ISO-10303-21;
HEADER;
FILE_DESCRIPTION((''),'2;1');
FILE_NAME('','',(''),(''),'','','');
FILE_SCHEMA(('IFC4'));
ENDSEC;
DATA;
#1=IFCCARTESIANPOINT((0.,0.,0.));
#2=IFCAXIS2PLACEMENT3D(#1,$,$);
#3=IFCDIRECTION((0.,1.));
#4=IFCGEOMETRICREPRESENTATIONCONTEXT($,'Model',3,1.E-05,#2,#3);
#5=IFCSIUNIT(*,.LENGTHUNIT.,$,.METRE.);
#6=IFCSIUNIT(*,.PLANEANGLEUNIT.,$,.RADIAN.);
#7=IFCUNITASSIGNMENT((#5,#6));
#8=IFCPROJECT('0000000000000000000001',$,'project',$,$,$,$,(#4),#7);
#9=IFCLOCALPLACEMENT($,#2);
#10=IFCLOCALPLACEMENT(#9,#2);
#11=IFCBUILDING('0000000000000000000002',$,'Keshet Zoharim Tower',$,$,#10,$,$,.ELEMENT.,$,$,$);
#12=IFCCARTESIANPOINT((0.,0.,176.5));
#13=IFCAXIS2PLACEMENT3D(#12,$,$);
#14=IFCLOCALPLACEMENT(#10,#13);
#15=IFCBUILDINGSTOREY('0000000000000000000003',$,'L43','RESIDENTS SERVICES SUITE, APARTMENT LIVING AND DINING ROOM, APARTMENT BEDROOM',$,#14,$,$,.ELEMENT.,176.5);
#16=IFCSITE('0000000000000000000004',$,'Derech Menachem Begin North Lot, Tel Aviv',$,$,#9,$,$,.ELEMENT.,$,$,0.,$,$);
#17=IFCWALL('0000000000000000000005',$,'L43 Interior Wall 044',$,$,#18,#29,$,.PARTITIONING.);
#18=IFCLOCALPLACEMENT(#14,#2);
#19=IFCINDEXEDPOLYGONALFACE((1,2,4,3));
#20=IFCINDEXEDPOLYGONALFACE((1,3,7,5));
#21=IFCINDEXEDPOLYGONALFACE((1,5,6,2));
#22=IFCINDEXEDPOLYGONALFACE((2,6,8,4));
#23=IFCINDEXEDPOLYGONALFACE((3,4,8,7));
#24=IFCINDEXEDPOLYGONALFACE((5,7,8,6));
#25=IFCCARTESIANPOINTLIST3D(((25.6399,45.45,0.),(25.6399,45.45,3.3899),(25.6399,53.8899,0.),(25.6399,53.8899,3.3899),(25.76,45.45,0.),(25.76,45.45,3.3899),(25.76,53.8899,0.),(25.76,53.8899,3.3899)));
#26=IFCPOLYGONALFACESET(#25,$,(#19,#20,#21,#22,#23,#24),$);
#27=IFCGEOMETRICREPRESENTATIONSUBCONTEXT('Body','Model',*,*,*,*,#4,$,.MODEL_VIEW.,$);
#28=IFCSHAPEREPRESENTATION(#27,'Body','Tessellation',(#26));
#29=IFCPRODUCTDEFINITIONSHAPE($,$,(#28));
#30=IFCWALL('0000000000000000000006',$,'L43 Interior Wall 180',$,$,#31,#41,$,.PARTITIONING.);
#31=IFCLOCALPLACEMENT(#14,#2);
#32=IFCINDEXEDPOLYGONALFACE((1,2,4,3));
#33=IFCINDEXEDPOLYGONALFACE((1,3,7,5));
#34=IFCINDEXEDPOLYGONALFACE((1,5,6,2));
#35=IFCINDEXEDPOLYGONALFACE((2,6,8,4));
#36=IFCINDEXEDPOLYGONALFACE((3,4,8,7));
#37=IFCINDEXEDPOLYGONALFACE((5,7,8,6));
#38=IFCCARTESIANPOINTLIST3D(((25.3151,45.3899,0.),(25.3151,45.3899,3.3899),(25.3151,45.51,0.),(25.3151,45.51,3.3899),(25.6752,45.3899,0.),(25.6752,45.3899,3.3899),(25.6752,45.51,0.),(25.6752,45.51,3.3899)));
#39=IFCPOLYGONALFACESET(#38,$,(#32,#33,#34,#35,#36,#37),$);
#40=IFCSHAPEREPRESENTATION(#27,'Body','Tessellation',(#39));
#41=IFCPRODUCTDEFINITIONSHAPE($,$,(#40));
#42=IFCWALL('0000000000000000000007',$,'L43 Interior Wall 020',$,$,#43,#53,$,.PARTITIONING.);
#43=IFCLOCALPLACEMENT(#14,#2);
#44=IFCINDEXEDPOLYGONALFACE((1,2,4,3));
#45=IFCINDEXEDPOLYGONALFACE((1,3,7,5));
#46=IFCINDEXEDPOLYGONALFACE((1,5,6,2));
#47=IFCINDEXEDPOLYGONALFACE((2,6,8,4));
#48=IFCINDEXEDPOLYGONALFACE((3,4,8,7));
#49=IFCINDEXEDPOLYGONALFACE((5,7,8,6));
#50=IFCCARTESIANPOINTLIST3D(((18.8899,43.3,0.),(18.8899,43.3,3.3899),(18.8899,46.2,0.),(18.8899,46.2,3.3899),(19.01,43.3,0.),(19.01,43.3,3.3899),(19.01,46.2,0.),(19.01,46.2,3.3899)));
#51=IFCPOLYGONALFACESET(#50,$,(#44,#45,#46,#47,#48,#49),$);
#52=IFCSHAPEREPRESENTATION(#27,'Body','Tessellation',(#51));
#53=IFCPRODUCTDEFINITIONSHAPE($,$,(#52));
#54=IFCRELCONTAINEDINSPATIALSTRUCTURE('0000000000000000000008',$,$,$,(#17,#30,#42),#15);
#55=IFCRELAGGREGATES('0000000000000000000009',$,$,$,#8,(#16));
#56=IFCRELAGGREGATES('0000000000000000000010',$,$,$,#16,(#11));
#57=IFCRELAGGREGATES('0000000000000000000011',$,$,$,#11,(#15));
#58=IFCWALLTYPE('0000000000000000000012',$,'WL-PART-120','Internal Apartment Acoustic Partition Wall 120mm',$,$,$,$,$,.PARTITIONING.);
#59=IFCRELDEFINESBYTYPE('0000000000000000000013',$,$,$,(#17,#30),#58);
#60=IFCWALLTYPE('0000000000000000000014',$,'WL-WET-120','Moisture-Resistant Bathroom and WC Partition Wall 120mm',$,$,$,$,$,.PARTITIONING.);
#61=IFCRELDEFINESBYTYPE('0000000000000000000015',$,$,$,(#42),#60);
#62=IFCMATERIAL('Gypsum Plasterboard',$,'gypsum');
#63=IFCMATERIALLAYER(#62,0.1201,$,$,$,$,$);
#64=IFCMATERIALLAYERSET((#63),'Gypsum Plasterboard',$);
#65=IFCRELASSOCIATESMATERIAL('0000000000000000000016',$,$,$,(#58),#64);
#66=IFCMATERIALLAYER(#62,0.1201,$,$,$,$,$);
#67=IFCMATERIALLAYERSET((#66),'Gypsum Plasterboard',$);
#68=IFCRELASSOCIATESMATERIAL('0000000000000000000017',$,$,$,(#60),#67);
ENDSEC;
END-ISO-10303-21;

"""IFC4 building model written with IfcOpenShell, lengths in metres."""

from ifc_helpers import new_model, si_unit, direction, frame, frame_2d, origin, place, context, subcontext, project, spatial, rectangle, extrude, material, layer, layer_set, type_object, element, save


model = new_model("IFC4")

# Units and contexts
model_context = context("Model", 3, precision=1e-05, world=origin(), true_north=direction((0.0, 1.0)))
body_context = subcontext(model_context, "Body", "Model", "MODEL_VIEW")
ifc_project = project(units=[si_unit("LENGTHUNIT", "METRE"), si_unit("PLANEANGLEUNIT", "RADIAN")], contexts=[model_context])

# Site, building, storey
site_placement = place(None, origin())
site = spatial("IfcSite", under=ifc_project, at=site_placement, Name="Derech Menachem Begin North Lot, Tel Aviv", CompositionType="ELEMENT", RefElevation=0.0)
building_placement = place(site_placement, origin())
building = spatial("IfcBuilding", under=site, at=building_placement, Name="Keshet Zoharim Tower", CompositionType="ELEMENT")
storey_placement = place(building_placement, frame((0.0, 0.0, 176.5)))
storey = spatial("IfcBuildingStorey", under=building, at=storey_placement, Name="L43", Description="RESIDENTS SERVICES SUITE, APARTMENT LIVING AND DINING ROOM, APARTMENT BEDROOM", CompositionType="ELEMENT", Elevation=176.5)

# Shared definitions
ifc_material_1 = material(Name="Gypsum Plasterboard", Category="gypsum")

# Shared definitions
ifc_layer_1 = layer(ifc_material_1, 0.1201)
ifc_layer_set_1 = layer_set([ifc_layer_1], Name="Gypsum Plasterboard")
wall_type_1 = type_object("IfcWallType", Name="WL-PART-120", Description="Internal Apartment Acoustic Partition Wall 120mm", PredefinedType="PARTITIONING", material=ifc_layer_set_1)

# Wall
wall_1_placement = place(storey_placement, frame((25.7, 45.45, 0.0), z_axis=(0.0, 0.0, 1.0), x_axis=(0.0, 1.0, 0.0)))
element("IfcWall", 1, at=wall_1_placement, inside=storey, type_object=wall_type_1, Name="L43 Interior Wall 044", PredefinedType="PARTITIONING", context=body_context, shape_type="SweptSolid", body=[
    extrude(rectangle(XDim=8.4399, YDim=0.1201, at=frame_2d((4.22, 0.0))), origin(), (0.0, 0.0, 1.0), 3.3899),
])

# Wall
wall_2_placement = place(storey_placement, frame((25.3149, 45.45, 0.0), z_axis=(0.0, 0.0, 1.0), x_axis=(1.0, 0.0, 0.0)))
element("IfcWall", 2, at=wall_2_placement, inside=storey, type_object=wall_type_1, Name="L43 Interior Wall 180", PredefinedType="PARTITIONING", context=body_context, shape_type="SweptSolid", body=[
    extrude(rectangle(XDim=0.3601, YDim=0.1201, at=frame_2d((0.1802, 0.0))), origin(), (0.0, 0.0, 1.0), 3.3899),
])

# Wall
ifc_layer_2 = layer(ifc_material_1, 0.1201)
ifc_layer_set_2 = layer_set([ifc_layer_2], Name="Gypsum Plasterboard")
wall_type_2 = type_object("IfcWallType", Name="WL-WET-120", Description="Moisture-Resistant Bathroom and WC Partition Wall 120mm", PredefinedType="PARTITIONING", material=ifc_layer_set_2)
wall_3_placement = place(storey_placement, frame((18.95, 43.3, 0.0), z_axis=(0.0, 0.0, 1.0), x_axis=(0.0, 1.0, 0.0)))
element("IfcWall", 3, at=wall_3_placement, inside=storey, type_object=wall_type_2, Name="L43 Interior Wall 020", PredefinedType="PARTITIONING", context=body_context, shape_type="SweptSolid", body=[
    extrude(rectangle(XDim=2.8999, YDim=0.1201, at=frame_2d((1.45, 0.0))), origin(), (0.0, 0.0, 1.0), 3.3899),
])

save(model, "model.ifc")
